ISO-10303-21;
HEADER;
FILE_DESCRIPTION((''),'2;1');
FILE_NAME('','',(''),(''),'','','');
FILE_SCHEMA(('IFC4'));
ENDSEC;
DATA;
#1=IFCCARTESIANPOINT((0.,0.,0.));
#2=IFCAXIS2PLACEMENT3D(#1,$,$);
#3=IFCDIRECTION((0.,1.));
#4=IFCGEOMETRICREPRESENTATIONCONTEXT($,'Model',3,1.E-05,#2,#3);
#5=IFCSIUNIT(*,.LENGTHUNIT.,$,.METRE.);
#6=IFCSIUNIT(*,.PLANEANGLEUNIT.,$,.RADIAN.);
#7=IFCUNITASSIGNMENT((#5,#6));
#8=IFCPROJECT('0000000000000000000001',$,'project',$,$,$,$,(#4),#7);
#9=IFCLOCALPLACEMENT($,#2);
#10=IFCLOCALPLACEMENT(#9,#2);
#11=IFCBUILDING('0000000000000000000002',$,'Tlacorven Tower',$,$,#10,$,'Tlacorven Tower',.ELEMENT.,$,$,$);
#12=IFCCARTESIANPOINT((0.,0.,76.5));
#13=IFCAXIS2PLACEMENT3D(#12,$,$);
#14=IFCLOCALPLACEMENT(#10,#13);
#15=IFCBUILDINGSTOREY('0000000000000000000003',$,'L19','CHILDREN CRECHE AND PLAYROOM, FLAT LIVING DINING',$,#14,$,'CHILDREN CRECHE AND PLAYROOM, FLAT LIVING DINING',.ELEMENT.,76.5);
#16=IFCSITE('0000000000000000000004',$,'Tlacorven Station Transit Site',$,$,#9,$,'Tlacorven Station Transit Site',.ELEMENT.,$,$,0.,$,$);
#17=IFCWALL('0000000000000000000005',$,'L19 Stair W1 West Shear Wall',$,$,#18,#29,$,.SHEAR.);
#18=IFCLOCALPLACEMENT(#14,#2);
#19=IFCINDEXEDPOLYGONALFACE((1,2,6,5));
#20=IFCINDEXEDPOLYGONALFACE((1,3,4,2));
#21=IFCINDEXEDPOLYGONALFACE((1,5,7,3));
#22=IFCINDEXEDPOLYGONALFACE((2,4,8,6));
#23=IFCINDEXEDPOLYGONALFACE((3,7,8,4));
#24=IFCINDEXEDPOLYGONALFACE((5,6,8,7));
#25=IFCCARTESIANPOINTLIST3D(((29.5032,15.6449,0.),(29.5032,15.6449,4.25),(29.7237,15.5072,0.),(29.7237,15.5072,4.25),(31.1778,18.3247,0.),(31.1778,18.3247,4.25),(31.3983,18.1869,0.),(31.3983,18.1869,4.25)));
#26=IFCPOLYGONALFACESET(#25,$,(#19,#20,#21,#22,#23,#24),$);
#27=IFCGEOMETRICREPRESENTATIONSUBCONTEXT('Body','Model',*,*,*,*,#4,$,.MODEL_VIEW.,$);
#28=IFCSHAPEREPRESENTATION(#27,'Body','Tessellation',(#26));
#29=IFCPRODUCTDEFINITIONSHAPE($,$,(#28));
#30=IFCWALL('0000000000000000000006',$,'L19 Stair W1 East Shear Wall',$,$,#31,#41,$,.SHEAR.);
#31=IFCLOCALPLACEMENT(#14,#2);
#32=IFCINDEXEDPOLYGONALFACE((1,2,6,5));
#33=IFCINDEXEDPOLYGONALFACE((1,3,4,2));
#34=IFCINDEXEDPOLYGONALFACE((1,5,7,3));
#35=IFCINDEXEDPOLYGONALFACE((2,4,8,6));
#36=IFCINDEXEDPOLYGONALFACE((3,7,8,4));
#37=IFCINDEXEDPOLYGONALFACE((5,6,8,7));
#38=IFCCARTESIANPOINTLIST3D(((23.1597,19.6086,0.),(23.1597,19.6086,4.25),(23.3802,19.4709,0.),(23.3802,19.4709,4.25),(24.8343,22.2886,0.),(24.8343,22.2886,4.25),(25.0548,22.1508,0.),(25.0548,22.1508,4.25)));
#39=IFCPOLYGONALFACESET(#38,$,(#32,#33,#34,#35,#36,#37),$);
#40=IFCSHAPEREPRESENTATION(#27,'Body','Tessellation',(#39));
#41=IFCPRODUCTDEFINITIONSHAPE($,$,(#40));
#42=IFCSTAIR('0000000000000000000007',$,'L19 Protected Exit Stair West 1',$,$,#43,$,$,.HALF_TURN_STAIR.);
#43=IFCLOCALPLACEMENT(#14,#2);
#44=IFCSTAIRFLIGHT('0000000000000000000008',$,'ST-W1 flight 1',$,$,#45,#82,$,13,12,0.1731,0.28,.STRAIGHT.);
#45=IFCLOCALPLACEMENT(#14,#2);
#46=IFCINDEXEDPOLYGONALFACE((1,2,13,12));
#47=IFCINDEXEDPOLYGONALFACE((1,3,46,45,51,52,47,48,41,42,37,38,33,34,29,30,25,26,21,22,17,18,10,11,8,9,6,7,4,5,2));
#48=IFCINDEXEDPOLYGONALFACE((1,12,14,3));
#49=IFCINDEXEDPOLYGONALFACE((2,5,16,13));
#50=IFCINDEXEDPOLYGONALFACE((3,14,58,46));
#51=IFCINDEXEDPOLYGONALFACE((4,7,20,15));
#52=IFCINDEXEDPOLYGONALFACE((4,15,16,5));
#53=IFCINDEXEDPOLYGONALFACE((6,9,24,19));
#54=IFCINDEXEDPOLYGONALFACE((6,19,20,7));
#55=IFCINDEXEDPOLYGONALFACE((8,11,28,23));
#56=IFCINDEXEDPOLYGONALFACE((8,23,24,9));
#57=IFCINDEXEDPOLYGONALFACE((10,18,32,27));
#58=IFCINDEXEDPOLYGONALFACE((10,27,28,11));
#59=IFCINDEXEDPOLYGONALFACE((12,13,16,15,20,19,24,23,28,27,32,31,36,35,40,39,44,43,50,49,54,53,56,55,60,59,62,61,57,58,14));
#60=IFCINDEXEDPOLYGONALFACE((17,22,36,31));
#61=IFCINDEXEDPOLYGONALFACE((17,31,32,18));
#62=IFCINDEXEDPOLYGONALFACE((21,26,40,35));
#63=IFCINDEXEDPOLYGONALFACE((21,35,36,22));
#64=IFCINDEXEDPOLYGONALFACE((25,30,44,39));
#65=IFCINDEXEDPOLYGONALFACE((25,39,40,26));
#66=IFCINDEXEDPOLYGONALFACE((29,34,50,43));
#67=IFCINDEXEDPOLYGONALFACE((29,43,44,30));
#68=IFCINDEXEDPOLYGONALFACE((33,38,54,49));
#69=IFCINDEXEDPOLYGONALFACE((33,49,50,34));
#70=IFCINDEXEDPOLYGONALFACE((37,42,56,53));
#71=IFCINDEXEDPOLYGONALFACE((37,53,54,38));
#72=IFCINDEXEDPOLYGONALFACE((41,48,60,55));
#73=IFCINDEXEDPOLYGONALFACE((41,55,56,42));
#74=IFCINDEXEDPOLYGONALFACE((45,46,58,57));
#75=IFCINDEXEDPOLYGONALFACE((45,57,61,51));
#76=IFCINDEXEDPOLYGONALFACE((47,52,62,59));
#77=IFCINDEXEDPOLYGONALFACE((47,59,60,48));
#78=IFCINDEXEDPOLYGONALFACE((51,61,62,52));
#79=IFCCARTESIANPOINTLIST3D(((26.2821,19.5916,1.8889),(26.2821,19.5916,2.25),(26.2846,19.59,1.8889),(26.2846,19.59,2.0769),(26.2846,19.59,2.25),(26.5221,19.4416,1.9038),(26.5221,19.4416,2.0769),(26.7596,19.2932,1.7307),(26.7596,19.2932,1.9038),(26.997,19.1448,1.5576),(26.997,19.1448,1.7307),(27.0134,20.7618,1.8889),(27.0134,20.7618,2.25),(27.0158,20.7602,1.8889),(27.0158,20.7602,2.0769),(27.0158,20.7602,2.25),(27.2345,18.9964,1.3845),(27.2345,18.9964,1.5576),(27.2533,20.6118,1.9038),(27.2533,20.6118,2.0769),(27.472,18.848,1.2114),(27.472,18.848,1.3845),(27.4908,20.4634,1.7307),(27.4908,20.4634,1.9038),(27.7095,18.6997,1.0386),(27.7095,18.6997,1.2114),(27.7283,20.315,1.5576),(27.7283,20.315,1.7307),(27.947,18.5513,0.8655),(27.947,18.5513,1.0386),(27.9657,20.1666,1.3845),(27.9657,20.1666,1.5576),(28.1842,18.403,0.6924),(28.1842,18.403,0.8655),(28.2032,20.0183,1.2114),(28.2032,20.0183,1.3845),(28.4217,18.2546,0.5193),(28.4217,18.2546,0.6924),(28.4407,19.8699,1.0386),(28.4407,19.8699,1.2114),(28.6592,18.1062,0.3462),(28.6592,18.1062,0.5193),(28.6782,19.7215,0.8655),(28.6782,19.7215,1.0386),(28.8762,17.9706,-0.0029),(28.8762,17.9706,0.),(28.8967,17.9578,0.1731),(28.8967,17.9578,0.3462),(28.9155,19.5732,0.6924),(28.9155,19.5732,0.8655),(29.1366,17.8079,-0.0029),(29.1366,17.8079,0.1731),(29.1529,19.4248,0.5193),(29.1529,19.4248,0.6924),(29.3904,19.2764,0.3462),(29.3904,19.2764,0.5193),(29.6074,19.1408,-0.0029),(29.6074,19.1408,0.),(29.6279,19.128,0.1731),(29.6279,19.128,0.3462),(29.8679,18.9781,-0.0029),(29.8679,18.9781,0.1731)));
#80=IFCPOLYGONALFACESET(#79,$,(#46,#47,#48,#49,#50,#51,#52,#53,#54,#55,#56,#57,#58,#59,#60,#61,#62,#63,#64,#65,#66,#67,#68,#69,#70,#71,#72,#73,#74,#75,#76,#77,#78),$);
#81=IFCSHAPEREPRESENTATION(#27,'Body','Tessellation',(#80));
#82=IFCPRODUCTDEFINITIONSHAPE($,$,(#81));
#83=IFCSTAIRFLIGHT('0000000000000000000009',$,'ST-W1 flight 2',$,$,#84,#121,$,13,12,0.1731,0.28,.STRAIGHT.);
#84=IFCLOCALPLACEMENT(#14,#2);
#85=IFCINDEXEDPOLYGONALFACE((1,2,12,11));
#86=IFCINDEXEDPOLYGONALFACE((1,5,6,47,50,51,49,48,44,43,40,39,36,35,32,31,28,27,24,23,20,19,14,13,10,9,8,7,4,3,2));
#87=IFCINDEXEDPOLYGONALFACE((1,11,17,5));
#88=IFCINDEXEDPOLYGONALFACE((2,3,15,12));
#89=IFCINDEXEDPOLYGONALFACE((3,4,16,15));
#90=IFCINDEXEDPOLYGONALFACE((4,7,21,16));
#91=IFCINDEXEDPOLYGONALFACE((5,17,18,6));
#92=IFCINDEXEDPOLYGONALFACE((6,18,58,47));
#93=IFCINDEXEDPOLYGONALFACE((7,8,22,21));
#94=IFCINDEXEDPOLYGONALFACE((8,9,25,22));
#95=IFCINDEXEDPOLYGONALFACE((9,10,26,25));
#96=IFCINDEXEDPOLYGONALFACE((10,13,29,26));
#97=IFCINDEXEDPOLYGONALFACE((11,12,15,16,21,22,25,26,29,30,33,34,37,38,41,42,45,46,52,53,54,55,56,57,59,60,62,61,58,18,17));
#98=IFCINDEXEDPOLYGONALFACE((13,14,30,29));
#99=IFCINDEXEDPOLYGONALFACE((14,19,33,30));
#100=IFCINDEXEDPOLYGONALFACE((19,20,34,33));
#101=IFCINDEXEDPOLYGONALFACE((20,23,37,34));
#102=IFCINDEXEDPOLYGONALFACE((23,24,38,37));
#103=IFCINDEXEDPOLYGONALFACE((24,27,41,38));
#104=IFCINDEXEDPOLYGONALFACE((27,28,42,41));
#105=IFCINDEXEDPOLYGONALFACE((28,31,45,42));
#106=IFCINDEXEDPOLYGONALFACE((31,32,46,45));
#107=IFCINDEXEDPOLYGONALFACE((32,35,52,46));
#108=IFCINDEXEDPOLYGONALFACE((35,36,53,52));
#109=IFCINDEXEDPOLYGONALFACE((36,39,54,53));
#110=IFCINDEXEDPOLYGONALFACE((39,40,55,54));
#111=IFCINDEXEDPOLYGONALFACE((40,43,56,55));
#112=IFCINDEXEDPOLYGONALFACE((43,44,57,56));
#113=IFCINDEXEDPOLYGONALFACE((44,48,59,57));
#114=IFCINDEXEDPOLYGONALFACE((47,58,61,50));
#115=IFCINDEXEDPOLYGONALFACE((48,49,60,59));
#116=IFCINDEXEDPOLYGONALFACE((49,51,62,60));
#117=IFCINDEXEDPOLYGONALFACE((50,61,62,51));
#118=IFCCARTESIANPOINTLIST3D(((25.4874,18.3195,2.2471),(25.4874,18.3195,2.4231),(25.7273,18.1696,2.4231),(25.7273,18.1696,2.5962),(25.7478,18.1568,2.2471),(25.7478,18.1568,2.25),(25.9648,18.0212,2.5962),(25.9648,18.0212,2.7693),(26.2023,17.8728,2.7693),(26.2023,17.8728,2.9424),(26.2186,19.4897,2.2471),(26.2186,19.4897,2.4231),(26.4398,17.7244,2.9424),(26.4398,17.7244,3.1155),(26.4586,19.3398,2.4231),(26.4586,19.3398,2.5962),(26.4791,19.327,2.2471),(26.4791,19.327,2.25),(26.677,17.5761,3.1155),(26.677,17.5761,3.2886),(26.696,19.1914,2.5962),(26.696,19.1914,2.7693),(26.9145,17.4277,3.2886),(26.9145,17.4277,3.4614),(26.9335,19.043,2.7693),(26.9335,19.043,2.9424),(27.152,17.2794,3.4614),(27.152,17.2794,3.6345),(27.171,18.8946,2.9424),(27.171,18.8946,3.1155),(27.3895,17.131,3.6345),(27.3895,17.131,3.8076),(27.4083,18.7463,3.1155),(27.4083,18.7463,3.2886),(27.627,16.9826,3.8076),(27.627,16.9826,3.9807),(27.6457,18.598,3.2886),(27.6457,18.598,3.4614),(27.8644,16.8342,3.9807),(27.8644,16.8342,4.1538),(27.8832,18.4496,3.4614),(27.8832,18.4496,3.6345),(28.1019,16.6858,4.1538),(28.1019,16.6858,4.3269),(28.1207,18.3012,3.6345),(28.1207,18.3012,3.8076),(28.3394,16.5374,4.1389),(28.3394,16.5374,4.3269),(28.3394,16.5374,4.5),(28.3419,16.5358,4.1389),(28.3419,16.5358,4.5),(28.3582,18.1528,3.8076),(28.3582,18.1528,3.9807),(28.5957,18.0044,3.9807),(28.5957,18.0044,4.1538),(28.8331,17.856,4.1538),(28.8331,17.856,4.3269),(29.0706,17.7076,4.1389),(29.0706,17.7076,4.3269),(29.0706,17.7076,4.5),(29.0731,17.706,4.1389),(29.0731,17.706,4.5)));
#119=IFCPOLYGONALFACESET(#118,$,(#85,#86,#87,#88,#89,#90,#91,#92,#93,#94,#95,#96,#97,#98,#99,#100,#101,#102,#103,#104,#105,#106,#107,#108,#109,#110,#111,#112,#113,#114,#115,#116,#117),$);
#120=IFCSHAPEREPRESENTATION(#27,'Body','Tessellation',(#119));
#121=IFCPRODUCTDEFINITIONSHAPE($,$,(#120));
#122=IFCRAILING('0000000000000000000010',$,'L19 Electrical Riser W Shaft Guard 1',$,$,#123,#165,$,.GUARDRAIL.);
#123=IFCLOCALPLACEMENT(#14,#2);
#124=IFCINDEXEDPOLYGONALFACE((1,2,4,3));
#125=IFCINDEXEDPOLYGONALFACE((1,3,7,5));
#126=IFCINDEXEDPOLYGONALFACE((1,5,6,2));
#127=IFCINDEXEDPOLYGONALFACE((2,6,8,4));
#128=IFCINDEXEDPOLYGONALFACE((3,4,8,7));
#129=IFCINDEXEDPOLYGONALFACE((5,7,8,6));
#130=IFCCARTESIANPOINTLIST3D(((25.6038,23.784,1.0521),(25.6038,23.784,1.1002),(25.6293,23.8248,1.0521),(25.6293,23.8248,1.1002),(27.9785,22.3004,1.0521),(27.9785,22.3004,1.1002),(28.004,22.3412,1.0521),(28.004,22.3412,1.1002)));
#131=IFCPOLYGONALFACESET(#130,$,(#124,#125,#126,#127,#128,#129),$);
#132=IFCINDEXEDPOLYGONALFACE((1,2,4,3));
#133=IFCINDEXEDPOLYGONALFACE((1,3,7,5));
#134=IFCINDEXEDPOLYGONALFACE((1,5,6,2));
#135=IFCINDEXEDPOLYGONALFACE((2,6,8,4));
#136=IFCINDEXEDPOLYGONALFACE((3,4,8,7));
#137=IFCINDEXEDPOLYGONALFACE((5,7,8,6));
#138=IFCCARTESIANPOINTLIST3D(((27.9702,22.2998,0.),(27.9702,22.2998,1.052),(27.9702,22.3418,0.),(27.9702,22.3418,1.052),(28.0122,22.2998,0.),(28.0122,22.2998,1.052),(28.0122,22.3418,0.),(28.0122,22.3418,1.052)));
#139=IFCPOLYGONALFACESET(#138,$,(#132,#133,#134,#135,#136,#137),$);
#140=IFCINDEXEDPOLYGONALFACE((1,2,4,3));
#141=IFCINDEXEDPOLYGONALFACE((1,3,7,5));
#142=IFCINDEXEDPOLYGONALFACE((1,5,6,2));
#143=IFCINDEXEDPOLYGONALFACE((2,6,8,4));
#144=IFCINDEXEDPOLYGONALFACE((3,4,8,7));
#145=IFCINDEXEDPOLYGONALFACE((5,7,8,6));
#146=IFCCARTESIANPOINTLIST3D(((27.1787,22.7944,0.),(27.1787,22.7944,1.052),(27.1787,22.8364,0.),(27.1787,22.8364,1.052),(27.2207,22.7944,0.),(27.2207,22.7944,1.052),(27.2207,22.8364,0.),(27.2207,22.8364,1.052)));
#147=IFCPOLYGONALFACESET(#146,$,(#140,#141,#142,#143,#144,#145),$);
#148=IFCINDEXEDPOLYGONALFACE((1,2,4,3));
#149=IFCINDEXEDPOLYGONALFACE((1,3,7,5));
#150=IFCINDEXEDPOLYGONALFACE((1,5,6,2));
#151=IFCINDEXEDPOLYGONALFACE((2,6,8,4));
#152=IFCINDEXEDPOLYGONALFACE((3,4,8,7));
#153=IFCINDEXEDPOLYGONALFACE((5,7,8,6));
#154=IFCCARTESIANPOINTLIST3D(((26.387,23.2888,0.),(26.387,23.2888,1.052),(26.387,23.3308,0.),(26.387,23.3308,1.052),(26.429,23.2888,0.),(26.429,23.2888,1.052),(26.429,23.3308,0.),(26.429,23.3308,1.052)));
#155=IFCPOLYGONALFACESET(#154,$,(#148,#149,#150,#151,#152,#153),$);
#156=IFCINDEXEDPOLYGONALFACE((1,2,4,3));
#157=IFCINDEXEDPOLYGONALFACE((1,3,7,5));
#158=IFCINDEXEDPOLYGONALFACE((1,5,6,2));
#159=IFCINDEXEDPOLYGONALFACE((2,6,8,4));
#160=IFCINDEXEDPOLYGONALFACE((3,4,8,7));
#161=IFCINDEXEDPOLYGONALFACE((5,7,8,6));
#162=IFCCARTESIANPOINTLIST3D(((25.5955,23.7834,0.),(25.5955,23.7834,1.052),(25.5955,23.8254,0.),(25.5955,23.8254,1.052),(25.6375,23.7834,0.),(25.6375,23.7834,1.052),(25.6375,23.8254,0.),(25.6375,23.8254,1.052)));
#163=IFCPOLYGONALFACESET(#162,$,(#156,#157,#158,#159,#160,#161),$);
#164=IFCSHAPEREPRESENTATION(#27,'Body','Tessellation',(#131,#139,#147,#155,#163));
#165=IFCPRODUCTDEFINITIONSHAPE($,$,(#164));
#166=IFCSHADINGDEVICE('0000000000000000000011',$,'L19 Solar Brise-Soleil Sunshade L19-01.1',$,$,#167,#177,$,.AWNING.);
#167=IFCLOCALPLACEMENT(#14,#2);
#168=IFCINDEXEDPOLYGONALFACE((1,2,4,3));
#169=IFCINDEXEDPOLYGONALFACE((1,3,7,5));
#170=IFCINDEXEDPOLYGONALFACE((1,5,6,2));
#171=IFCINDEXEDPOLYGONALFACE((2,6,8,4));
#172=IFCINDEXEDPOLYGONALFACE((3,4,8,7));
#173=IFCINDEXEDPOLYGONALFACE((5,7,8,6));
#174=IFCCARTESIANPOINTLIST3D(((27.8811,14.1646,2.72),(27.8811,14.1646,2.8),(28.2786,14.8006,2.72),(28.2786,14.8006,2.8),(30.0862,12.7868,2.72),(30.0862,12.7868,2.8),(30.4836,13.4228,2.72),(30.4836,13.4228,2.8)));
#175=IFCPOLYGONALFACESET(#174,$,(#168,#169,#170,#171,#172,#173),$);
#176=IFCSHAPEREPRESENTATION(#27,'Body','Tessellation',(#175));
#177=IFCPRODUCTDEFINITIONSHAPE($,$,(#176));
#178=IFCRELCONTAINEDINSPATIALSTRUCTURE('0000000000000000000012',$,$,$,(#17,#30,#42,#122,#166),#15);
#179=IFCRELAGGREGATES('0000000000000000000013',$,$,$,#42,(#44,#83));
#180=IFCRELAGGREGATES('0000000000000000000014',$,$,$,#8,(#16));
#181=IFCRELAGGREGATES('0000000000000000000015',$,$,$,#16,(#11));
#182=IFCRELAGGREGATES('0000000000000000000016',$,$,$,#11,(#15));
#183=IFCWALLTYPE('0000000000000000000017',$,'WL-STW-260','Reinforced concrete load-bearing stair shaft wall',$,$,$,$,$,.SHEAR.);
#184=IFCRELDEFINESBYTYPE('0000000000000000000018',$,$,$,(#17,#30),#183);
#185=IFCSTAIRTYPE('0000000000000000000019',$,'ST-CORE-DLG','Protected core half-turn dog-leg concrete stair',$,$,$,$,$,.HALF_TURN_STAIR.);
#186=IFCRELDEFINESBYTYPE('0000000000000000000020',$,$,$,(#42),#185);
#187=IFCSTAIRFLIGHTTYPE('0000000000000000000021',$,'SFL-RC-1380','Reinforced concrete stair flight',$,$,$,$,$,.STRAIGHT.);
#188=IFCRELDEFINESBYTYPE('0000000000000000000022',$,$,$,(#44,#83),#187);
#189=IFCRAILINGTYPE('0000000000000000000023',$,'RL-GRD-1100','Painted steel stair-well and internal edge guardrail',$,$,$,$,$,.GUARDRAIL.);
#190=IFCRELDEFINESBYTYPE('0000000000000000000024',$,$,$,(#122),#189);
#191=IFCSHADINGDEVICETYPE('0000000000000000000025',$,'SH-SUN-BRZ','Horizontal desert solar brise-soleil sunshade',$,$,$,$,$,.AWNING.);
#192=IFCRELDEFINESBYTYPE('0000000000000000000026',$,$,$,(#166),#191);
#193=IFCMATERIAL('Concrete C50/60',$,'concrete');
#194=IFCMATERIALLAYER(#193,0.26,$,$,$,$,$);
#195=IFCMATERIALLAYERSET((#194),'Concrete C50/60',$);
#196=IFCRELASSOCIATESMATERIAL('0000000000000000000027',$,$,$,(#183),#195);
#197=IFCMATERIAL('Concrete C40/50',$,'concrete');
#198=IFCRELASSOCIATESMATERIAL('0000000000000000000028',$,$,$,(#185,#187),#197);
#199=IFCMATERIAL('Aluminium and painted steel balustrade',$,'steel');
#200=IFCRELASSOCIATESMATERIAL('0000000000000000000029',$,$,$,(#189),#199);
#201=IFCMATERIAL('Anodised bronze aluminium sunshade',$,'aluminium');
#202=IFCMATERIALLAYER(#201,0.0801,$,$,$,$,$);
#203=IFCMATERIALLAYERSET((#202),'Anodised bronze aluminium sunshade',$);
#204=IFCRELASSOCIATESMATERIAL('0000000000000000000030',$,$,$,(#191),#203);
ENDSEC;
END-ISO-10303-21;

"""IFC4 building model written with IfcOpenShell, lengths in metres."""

from ifc_helpers import new_model, si_unit, direction, frame, frame_2d, origin, origin_2d, place, context, subcontext, project, spatial, polyline, rectangle, outline, extrude, source, transform, mapped, material, layer, layer_set, type_object, element, aggregate, save


model = new_model("IFC4")

# Units and contexts
model_context = context("Model", 3, precision=1e-05, world=origin(), true_north=direction((0.0, 1.0)))
body_context = subcontext(model_context, "Body", "Model", "MODEL_VIEW")
ifc_project = project(units=[si_unit("LENGTHUNIT", "METRE"), si_unit("PLANEANGLEUNIT", "RADIAN")], contexts=[model_context])

# Site, building, storey
site_placement = place(None, origin())
site = spatial("IfcSite", under=ifc_project, at=site_placement, Name="Tlacorven Station Transit Site", LongName="Tlacorven Station Transit Site", CompositionType="ELEMENT", RefElevation=0.0)
building_placement = place(site_placement, origin())
building = spatial("IfcBuilding", under=site, at=building_placement, Name="Tlacorven Tower", LongName="Tlacorven Tower", CompositionType="ELEMENT")
storey_placement = place(building_placement, frame((0.0, 0.0, 76.5)))
storey = spatial("IfcBuildingStorey", under=building, at=storey_placement, Name="L19", Description="CHILDREN CRECHE AND PLAYROOM, FLAT LIVING DINING", LongName="CHILDREN CRECHE AND PLAYROOM, FLAT LIVING DINING", CompositionType="ELEMENT", Elevation=76.5)

# Shared definitions
ifc_material_1 = material(Name="Concrete C50/60", Category="concrete")
ifc_layer_1 = layer(ifc_material_1, 0.26)
ifc_layer_set_1 = layer_set([ifc_layer_1], Name="Concrete C50/60")
wall_type_1 = type_object("IfcWallType", Name="WL-STW-260", Description="Reinforced concrete load-bearing stair shaft wall", PredefinedType="SHEAR", material=ifc_layer_set_1)

# Walls
wall_1_placement = place(storey_placement, frame((31.2881, 18.2559, 0.0), z_axis=(0.0, 0.0, 1.0), x_axis=(-0.529943, -0.848033, 0.0)))
element("IfcWall", 1, at=wall_1_placement, inside=storey, type_object=wall_type_1, Name="L19 Stair W1 West Shear Wall", PredefinedType="SHEAR", context=body_context, shape_type="SweptSolid", body=[
    extrude(rectangle(XDim=3.1599, YDim=0.26, at=frame_2d((1.5801, 0.0))), origin(), (0.0, 0.0, 1.0), 4.25),
])
wall_2_placement = place(storey_placement, frame((24.9446, 22.2197, 0.0), z_axis=(0.0, 0.0, 1.0), x_axis=(-0.529909, -0.848055, 0.0)))
element("IfcWall", 2, at=wall_2_placement, inside=storey, type_object=wall_type_1, Name="L19 Stair W1 East Shear Wall", PredefinedType="SHEAR", context=body_context, shape_type="SweptSolid", body=[
    extrude(rectangle(XDim=3.1602, YDim=0.26, at=frame_2d((1.5801, 0.0))), origin(), (0.0, 0.0, 1.0), 4.25),
])

# Stair, stair flights
ifc_material_2 = material(Name="Concrete C40/50", Category="concrete")
stair_type = type_object("IfcStairType", Name="ST-CORE-DLG", Description="Protected core half-turn dog-leg concrete stair", PredefinedType="HALF_TURN_STAIR", material=ifc_material_2)
stair_placement = place(storey_placement, origin())
stair = element("IfcStair", 3, at=stair_placement, inside=storey, type_object=stair_type, Name="L19 Protected Exit Stair West 1", PredefinedType="HALF_TURN_STAIR")
stair_flight_type = type_object("IfcStairFlightType", Name="SFL-RC-1380", Description="Reinforced concrete stair flight", PredefinedType="STRAIGHT", material=ifc_material_2)
shared_shape_1 = source(origin(), body_context, "Body", "SweptSolid", [
    extrude(outline(polyline([(-0.0029, -0.0029), (-0.0029, 0.1731), (0.28, 0.1731), (0.28, 0.3462), (0.5601, 0.3462), (0.5601, 0.5193), (0.8401, 0.5193), (0.8401, 0.6924), (1.1201, 0.6924), (1.1201, 0.8655), (1.3999, 0.8655), (1.3999, 1.0386), (1.6799, 1.0386), (1.6799, 1.2114), (1.96, 1.2114), (1.96, 1.3845), (2.24, 1.3845), (2.24, 1.5576), (2.52, 1.5576), (2.52, 1.7307), (2.8, 1.7307), (2.8, 1.9038), (3.0801, 1.9038), (3.0801, 2.0769), (3.3601, 2.0769), (3.3601, 2.25), (3.363, 2.25), (3.363, 1.8889), (3.3601, 1.8889), (0.3042, 0.0), (0.3042, -0.0029), (-0.0029, -0.0029)])), frame((0.0, 0.6899, 0.0), z_axis=(0.0, -1.0, 0.0), x_axis=(1.0, 0.0, 0.0)), (0.0, 0.0, 1.0), 1.3799),
])
stair_flight_1_placement = place(storey_placement, frame((29.4998, 18.3945, 0.0), z_axis=(0.0, 0.0, 1.0), x_axis=(-0.848048, 0.529919, 0.0)))
stair_flight_1 = element("IfcStairFlight", 4, at=stair_flight_1_placement, type_object=stair_flight_type, Name="ST-W1 flight 1", NumberOfRisers=13, NumberOfTreads=12, PredefinedType="STRAIGHT", RiserHeight=0.1731, TreadLength=0.28, context=body_context, shape_type="MappedRepresentation", body=[
    mapped(shared_shape_1, transform((0.0, 0.0, 0.0), scale=1.0)),
])
stair_flight_2_placement = place(storey_placement, frame((25.8555, 18.9031, 2.25), z_axis=(0.0, 0.0, 1.0), x_axis=(0.848048, -0.529919, 0.0)))
stair_flight_2 = element("IfcStairFlight", 5, at=stair_flight_2_placement, type_object=stair_flight_type, Name="ST-W1 flight 2", NumberOfRisers=13, NumberOfTreads=12, PredefinedType="STRAIGHT", RiserHeight=0.1731, TreadLength=0.28, context=body_context, shape_type="MappedRepresentation", body=[
    mapped(shared_shape_1, transform((0.0, 0.0, 0.0), scale=1.0)),
])
aggregate(stair, [stair_flight_1, stair_flight_2])

# Railing
ifc_material_3 = material(Name="Aluminium and painted steel balustrade", Category="steel")
railing_type_1 = type_object("IfcRailingType", Name="RL-GRD-1100", Description="Painted steel stair-well and internal edge guardrail", PredefinedType="GUARDRAIL", material=ifc_material_3)
shared_shape_2 = source(origin(), body_context, "Body", "SweptSolid", [
    extrude(rectangle(XDim=0.0481, YDim=0.0481, at=origin_2d()), frame((0.0, 0.0, 1.0762), z_axis=(-0.848091, 0.52985, 0.0), x_axis=(-0.52985, -0.848091, 0.0)), (0.0, 0.0, 1.0), 2.8),
    extrude(rectangle(XDim=0.042, YDim=0.042, at=origin_2d()), origin(), (0.0, 0.0, 1.0), 1.052),
    extrude(rectangle(XDim=0.042, YDim=0.042, at=origin_2d()), frame((-0.7915, 0.4946, 0.0)), (0.0, 0.0, 1.0), 1.052),
    extrude(rectangle(XDim=0.042, YDim=0.042, at=origin_2d()), frame((-1.5833, 0.989, 0.0)), (0.0, 0.0, 1.0), 1.052),
    extrude(rectangle(XDim=0.042, YDim=0.042, at=origin_2d()), frame((-2.3748, 1.4836, 0.0)), (0.0, 0.0, 1.0), 1.052),
])
railing_1_placement = place(storey_placement, frame((27.9912, 22.3208, 0.0)))
element("IfcRailing", 6, at=railing_1_placement, inside=storey, type_object=railing_type_1, Name="L19 Electrical Riser W Shaft Guard 1", PredefinedType="GUARDRAIL", context=body_context, shape_type="MappedRepresentation", body=[
    mapped(shared_shape_2, transform((0.0, 0.0, 0.0), scale=1.0)),
])

# Shading device
ifc_material_4 = material(Name="Anodised bronze aluminium sunshade", Category="aluminium")
ifc_layer_2 = layer(ifc_material_4, 0.0801)
ifc_layer_set_2 = layer_set([ifc_layer_2], Name="Anodised bronze aluminium sunshade")
shading_device_type = type_object("IfcShadingDeviceType", Name="SH-SUN-BRZ", Description="Horizontal desert solar brise-soleil sunshade", PredefinedType="AWNING", material=ifc_layer_set_2)
shared_shape_3 = source(origin(), body_context, "Body", "SweptSolid", [
    extrude(rectangle(XDim=2.6001, YDim=0.75, at=origin_2d()), origin(), (0.0, 0.0, 1.0), 0.0801),
])
shading_device_placement = place(storey_placement, frame((29.1824, 13.7937, 2.72), z_axis=(0.0, 0.0, 1.0), x_axis=(-0.848048, 0.529919, 0.0)))
element("IfcShadingDevice", 7, at=shading_device_placement, inside=storey, type_object=shading_device_type, Name="L19 Solar Brise-Soleil Sunshade L19-01.1", PredefinedType="AWNING", context=body_context, shape_type="MappedRepresentation", body=[
    mapped(shared_shape_3, transform((0.0, 0.0, 0.0), scale=1.0)),
])

save(model, "model.ifc")
